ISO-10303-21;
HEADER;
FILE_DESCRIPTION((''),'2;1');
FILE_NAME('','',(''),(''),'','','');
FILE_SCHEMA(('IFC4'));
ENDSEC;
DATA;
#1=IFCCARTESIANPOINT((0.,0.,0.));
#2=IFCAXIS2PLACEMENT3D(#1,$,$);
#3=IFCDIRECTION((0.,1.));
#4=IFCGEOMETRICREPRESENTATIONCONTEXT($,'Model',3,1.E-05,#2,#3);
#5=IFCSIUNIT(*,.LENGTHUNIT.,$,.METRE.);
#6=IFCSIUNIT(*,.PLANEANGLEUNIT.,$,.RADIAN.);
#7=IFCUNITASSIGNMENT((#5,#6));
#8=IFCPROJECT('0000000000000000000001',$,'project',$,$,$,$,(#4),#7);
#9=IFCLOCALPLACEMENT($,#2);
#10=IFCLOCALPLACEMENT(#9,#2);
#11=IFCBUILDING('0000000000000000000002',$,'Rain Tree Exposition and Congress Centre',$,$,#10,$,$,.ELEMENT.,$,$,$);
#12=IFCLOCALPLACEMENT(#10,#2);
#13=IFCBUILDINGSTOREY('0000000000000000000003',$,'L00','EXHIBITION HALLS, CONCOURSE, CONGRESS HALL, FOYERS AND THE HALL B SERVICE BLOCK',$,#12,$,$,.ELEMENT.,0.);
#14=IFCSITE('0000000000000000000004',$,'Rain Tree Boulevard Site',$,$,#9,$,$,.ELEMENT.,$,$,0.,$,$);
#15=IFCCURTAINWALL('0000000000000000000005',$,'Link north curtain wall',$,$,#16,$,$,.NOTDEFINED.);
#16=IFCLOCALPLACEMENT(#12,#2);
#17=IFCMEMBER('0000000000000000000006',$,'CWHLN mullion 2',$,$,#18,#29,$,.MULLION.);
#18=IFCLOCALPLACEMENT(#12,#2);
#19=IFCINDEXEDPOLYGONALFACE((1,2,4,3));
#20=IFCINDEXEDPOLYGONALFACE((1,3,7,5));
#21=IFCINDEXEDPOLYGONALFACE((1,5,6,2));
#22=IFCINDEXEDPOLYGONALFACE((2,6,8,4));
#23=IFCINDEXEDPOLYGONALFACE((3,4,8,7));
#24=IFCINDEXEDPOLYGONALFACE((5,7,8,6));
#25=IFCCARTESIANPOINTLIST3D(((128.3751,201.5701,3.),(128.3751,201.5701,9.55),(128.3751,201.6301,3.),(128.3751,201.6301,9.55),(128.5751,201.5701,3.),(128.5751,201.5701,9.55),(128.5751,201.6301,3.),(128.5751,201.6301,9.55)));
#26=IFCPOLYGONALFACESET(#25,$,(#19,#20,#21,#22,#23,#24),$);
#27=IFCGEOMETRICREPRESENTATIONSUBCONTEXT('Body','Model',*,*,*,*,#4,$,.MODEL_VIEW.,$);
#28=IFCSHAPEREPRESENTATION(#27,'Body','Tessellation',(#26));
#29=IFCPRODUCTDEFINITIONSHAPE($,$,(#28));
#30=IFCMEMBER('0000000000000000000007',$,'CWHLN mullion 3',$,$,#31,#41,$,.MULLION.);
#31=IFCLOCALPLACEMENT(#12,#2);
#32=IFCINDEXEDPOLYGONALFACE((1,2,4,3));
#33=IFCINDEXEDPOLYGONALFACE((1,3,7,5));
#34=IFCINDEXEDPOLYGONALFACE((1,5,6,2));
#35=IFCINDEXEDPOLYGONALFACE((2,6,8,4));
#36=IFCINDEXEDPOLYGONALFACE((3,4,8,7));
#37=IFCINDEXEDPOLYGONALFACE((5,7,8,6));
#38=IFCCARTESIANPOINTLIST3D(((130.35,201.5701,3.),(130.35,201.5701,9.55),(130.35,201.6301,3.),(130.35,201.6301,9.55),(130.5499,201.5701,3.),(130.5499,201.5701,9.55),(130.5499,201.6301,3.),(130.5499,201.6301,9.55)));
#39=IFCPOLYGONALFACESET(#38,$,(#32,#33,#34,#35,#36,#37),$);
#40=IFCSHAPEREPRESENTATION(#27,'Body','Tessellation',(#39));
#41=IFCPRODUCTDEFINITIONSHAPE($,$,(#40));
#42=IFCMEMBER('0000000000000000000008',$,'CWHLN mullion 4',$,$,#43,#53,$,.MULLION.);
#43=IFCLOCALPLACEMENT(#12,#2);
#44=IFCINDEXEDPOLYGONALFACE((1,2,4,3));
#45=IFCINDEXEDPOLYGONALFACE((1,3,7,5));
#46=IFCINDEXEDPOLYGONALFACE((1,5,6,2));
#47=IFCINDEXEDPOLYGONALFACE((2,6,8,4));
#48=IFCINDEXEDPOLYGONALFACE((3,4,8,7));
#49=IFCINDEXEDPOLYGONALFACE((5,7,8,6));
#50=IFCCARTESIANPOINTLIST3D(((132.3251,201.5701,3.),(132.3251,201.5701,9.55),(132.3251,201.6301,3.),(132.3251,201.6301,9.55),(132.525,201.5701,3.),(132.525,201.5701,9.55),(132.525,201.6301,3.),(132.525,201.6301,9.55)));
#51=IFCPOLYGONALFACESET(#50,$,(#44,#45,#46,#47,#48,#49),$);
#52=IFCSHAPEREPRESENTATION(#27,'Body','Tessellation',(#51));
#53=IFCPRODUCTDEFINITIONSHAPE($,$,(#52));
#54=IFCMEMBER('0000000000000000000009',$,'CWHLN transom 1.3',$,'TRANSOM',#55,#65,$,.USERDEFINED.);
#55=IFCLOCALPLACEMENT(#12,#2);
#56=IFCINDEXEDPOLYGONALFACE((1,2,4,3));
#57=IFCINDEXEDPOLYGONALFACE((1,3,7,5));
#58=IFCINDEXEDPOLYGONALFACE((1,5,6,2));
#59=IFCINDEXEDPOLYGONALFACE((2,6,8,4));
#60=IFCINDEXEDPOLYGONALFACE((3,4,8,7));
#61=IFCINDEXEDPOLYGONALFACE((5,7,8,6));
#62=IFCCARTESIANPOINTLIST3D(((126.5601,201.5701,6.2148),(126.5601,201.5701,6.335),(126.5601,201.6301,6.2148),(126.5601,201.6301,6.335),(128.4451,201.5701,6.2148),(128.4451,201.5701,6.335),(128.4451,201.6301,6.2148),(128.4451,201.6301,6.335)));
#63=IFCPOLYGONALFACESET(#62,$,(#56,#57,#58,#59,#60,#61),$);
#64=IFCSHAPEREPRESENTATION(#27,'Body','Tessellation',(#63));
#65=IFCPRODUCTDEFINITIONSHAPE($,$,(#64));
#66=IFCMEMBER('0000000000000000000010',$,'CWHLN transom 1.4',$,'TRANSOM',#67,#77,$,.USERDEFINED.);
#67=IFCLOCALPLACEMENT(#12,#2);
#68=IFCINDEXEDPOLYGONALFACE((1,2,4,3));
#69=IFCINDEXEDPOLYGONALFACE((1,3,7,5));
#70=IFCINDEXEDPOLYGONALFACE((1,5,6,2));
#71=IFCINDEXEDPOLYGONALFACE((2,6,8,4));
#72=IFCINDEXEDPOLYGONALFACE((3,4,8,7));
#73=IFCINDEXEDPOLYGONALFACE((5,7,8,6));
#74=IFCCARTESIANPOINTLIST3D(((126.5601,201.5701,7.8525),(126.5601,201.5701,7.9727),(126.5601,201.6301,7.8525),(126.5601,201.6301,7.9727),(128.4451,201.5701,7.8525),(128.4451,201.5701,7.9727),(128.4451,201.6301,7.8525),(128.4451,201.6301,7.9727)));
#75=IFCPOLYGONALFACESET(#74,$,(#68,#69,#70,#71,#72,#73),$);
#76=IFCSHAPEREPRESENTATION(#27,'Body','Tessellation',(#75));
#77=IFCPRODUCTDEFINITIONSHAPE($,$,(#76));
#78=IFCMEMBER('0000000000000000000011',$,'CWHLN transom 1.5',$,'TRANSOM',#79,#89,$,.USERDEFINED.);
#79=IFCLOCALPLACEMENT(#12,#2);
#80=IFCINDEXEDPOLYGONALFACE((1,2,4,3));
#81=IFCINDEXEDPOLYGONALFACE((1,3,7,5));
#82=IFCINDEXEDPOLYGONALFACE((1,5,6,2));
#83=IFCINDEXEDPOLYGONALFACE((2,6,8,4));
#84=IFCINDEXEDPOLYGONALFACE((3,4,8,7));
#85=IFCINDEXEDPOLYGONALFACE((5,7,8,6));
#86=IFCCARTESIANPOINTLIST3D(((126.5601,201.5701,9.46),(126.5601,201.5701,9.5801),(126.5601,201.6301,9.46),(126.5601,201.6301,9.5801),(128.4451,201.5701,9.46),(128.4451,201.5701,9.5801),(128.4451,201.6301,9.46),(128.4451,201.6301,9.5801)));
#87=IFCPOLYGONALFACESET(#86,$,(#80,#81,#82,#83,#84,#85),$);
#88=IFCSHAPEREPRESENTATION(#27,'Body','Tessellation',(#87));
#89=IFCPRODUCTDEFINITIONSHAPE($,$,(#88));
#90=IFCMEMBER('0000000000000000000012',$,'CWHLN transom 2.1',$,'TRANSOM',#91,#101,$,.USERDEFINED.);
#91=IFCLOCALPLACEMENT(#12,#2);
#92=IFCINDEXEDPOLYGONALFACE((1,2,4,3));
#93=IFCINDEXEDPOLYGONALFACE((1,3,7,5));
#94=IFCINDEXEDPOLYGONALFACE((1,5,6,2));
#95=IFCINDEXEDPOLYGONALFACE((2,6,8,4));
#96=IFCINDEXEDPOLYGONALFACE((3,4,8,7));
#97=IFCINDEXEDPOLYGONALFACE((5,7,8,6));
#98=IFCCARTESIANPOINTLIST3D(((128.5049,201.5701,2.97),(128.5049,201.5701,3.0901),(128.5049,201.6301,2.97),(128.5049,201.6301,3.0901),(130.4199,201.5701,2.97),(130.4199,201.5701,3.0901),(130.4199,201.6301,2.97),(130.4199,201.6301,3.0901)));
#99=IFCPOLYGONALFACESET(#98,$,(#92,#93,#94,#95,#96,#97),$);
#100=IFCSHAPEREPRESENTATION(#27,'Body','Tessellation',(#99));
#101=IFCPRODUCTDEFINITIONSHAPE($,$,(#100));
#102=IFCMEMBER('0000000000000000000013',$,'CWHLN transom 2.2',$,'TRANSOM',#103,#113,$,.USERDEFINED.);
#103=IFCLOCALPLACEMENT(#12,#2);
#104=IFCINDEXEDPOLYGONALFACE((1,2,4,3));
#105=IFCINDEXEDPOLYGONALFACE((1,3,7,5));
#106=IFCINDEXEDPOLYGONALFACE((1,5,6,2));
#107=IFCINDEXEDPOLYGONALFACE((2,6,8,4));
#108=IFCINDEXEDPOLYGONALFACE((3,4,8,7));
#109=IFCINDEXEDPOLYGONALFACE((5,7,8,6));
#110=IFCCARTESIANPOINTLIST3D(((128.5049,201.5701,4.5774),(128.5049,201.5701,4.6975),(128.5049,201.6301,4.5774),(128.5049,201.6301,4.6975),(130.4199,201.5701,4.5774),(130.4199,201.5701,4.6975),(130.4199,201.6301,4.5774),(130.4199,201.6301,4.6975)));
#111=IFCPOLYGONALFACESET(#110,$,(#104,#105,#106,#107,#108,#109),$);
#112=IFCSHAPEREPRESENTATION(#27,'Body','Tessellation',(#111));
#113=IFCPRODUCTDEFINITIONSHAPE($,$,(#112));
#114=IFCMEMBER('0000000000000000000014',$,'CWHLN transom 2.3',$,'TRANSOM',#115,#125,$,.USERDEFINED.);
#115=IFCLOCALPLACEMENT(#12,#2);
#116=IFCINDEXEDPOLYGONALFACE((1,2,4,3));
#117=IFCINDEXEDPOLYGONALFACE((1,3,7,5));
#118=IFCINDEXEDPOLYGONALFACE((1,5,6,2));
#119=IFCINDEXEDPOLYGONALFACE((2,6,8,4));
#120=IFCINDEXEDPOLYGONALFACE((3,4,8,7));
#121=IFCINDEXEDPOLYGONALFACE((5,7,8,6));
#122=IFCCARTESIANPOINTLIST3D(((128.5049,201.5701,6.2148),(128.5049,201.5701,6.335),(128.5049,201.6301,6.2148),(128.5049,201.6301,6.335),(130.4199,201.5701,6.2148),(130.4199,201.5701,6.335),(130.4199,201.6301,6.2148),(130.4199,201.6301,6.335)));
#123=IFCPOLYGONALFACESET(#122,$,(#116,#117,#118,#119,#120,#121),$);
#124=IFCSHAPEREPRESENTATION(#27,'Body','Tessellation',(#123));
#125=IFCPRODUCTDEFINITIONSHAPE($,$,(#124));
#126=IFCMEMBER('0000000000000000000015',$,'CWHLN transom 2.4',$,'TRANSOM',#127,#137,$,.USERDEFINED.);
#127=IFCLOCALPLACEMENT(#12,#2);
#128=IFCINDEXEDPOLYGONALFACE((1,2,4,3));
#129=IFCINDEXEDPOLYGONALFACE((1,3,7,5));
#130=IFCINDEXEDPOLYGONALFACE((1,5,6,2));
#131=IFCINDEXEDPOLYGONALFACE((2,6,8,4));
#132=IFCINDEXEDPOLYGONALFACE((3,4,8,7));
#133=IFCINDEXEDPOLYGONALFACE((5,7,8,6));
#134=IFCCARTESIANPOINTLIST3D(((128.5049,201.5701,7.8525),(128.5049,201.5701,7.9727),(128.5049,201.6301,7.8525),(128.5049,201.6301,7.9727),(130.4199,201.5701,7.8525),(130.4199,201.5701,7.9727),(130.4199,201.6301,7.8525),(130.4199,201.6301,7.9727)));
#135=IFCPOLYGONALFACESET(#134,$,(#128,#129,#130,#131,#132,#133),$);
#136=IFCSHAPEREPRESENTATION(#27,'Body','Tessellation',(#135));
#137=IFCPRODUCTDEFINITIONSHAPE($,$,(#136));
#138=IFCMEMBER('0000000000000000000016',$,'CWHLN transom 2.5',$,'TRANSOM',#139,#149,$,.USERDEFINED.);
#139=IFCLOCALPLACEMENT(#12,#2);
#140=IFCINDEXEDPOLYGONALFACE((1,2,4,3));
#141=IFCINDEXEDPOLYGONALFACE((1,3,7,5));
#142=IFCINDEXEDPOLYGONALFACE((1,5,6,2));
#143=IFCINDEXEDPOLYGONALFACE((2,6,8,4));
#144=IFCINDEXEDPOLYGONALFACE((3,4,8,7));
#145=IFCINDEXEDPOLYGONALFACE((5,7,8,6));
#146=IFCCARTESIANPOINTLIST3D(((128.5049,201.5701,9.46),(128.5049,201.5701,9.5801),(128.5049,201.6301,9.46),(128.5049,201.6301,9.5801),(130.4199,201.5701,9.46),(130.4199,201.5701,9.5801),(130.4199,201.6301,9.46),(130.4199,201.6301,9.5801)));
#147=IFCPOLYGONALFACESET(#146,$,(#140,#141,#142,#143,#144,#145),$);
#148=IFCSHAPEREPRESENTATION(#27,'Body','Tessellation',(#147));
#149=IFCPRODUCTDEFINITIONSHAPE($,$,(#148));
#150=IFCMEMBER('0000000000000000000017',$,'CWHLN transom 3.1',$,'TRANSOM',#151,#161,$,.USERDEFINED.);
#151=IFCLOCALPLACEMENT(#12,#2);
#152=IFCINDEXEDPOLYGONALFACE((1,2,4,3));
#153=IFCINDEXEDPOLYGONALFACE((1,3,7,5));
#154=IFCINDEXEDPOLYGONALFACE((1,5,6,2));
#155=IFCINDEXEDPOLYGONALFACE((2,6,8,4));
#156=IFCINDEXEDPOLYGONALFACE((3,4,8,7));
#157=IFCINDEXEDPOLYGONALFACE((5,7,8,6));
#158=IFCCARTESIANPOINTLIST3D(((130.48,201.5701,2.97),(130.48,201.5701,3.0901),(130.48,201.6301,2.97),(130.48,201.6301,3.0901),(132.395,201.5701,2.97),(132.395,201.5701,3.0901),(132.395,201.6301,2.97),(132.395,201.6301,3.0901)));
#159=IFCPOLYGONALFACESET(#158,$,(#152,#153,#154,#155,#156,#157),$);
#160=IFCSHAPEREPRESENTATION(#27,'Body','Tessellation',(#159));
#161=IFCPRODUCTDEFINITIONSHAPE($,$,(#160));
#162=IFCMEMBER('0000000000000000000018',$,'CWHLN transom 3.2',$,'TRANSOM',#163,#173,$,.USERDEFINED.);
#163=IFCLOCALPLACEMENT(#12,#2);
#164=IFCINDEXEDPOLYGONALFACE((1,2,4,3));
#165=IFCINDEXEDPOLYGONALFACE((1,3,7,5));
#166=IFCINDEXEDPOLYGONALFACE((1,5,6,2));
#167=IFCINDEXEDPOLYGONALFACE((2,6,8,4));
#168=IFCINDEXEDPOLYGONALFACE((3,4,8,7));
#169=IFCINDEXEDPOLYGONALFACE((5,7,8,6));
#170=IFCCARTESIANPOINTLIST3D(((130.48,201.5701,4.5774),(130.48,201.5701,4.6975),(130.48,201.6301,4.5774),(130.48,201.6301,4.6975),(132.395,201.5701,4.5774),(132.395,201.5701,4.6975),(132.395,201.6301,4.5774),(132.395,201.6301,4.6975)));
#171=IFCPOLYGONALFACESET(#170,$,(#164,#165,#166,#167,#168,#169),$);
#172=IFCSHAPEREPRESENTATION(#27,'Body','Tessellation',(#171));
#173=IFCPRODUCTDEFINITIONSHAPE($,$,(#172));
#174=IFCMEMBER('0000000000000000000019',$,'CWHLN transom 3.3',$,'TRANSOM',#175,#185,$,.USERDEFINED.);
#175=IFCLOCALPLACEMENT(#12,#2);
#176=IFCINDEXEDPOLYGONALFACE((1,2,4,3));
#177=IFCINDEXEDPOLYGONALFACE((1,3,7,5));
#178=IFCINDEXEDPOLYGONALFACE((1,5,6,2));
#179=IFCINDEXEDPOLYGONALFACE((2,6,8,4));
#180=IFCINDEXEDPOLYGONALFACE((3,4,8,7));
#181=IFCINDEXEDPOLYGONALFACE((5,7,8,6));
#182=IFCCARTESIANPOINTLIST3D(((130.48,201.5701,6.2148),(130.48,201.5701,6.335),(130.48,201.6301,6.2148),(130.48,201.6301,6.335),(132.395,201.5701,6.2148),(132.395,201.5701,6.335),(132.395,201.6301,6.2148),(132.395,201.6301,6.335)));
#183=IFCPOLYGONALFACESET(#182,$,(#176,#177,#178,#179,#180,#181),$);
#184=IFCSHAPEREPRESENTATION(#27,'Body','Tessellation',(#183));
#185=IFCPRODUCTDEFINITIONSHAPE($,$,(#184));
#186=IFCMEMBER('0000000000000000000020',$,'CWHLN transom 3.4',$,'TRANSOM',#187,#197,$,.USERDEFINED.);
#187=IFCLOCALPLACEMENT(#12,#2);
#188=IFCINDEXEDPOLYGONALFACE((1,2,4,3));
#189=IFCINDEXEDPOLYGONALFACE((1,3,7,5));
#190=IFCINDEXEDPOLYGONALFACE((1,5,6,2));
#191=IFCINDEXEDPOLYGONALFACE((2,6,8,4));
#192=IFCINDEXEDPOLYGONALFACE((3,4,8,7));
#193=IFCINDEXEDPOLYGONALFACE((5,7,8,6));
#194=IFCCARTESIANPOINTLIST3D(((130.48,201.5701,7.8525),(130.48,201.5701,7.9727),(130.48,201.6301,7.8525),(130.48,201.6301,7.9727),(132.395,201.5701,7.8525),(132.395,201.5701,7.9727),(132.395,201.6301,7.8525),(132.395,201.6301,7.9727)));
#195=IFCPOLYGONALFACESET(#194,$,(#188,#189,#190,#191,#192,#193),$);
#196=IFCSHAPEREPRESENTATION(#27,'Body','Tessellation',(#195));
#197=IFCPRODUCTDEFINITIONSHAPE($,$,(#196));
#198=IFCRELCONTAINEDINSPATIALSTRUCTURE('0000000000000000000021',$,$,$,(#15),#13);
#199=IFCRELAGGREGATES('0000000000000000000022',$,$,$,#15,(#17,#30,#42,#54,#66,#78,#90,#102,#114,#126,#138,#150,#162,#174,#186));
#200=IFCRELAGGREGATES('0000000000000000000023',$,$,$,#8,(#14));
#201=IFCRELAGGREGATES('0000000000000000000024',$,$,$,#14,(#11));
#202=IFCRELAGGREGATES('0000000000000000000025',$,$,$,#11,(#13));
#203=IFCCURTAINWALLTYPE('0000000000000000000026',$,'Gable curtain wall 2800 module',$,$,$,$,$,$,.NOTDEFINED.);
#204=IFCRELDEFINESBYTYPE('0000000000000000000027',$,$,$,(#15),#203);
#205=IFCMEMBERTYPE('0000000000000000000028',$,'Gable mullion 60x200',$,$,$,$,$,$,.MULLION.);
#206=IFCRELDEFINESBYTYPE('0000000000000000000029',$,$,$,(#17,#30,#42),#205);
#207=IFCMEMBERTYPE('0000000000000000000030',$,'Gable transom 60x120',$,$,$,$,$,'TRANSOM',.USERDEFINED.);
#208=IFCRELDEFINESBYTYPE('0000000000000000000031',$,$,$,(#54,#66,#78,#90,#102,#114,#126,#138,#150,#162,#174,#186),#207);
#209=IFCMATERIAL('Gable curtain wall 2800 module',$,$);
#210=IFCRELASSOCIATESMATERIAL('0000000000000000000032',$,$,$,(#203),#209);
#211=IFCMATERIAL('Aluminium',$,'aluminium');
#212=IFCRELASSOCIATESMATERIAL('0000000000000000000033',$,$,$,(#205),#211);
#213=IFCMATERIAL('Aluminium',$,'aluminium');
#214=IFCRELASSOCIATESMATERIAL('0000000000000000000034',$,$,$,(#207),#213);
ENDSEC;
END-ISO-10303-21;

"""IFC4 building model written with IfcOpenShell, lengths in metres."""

from ifc_helpers import new_model, si_unit, direction, frame, origin, origin_2d, place, context, subcontext, project, spatial, rectangle, extrude, material, material_profile, profile_set, type_object, element, aggregate, save


model = new_model("IFC4")

# Units and contexts
model_context = context("Model", 3, precision=1e-05, world=origin(), true_north=direction((0.0, 1.0)))
body_context = subcontext(model_context, "Body", "Model", "MODEL_VIEW")
ifc_project = project(units=[si_unit("LENGTHUNIT", "METRE"), si_unit("PLANEANGLEUNIT", "RADIAN")], contexts=[model_context])

# Site, building, storey
site_placement = place(None, origin())
site = spatial("IfcSite", under=ifc_project, at=site_placement, Name="Rain Tree Boulevard Site", CompositionType="ELEMENT", RefElevation=0.0)
building_placement = place(site_placement, origin())
building = spatial("IfcBuilding", under=site, at=building_placement, Name="Rain Tree Exposition and Congress Centre", CompositionType="ELEMENT")
storey_placement = place(building_placement, origin())
storey = spatial("IfcBuildingStorey", under=building, at=storey_placement, Name="L00", Description="EXHIBITION HALLS, CONCOURSE, CONGRESS HALL, FOYERS AND THE HALL B SERVICE BLOCK", CompositionType="ELEMENT", Elevation=0.0)

# Curtain wall, members
ifc_material_1 = material(Name="Gable curtain wall 2800 module")
curtain_wall_type = type_object("IfcCurtainWallType", Name="Gable curtain wall 2800 module", PredefinedType="NOTDEFINED", material=ifc_material_1)
curtain_wall_placement = place(storey_placement, origin())
curtain_wall = element("IfcCurtainWall", 1, at=curtain_wall_placement, inside=storey, type_object=curtain_wall_type, Name="Link north curtain wall", PredefinedType="NOTDEFINED")
ifc_material_2 = material(Name="Aluminium", Category="aluminium")
ifc_material_profile_1 = material_profile(ifc_material_2, rectangle(XDim=0.0601, YDim=0.2, at=origin_2d()), Name="Aluminium 60x200")
ifc_profile_set_1 = profile_set([ifc_material_profile_1], Name="Aluminium")
member_type_1 = type_object("IfcMemberType", Name="Gable mullion 60x200", PredefinedType="MULLION", material=ifc_profile_set_1)
member_1_placement = place(storey_placement, frame((128.4751, 201.6001, 3.0), z_axis=(0.0, 0.0, 1.0), x_axis=(0.0, 1.0, 0.0)))
member_1 = element("IfcMember", 2, at=member_1_placement, type_object=member_type_1, Name="CWHLN mullion 2", PredefinedType="MULLION", context=body_context, shape_type="SweptSolid", body=[
    extrude(rectangle(XDim=0.0601, YDim=0.2, at=origin_2d()), origin(), (0.0, 0.0, 1.0), 6.55),
])
member_2_placement = place(storey_placement, frame((130.45, 201.6001, 3.0), z_axis=(0.0, 0.0, 1.0), x_axis=(0.0, 1.0, 0.0)))
member_2 = element("IfcMember", 3, at=member_2_placement, type_object=member_type_1, Name="CWHLN mullion 3", PredefinedType="MULLION", context=body_context, shape_type="SweptSolid", body=[
    extrude(rectangle(XDim=0.0601, YDim=0.2, at=origin_2d()), origin(), (0.0, 0.0, 1.0), 6.55),
])
member_3_placement = place(storey_placement, frame((132.425, 201.6001, 3.0), z_axis=(0.0, 0.0, 1.0), x_axis=(0.0, 1.0, 0.0)))
member_3 = element("IfcMember", 4, at=member_3_placement, type_object=member_type_1, Name="CWHLN mullion 4", PredefinedType="MULLION", context=body_context, shape_type="SweptSolid", body=[
    extrude(rectangle(XDim=0.0601, YDim=0.2, at=origin_2d()), origin(), (0.0, 0.0, 1.0), 6.55),
])
ifc_material_3 = material(Name="Aluminium", Category="aluminium")
ifc_material_profile_2 = material_profile(ifc_material_3, rectangle(XDim=0.0601, YDim=0.1201, at=origin_2d()), Name="Aluminium 60x120")
ifc_profile_set_2 = profile_set([ifc_material_profile_2], Name="Aluminium")
member_type_2 = type_object("IfcMemberType", Name="Gable transom 60x120", ElementType="TRANSOM", PredefinedType="USERDEFINED", material=ifc_profile_set_2)
member_4_placement = place(storey_placement, frame((126.5601, 201.6001, 6.2749), z_axis=(1.0, 0.0, 0.0), x_axis=(0.0, 1.0, 0.0)))
member_4 = element("IfcMember", 5, at=member_4_placement, type_object=member_type_2, Name="CWHLN transom 1.3", ObjectType="TRANSOM", PredefinedType="USERDEFINED", context=body_context, shape_type="SweptSolid", body=[
    extrude(rectangle(XDim=0.0601, YDim=0.1201, at=origin_2d()), origin(), (0.0, 0.0, 1.0), 1.885),
])
member_5_placement = place(storey_placement, frame((126.5601, 201.6001, 7.9126), z_axis=(1.0, 0.0, 0.0), x_axis=(0.0, 1.0, 0.0)))
member_5 = element("IfcMember", 6, at=member_5_placement, type_object=member_type_2, Name="CWHLN transom 1.4", ObjectType="TRANSOM", PredefinedType="USERDEFINED", context=body_context, shape_type="SweptSolid", body=[
    extrude(rectangle(XDim=0.0601, YDim=0.1201, at=origin_2d()), origin(), (0.0, 0.0, 1.0), 1.885),
])
member_6_placement = place(storey_placement, frame((126.5601, 201.6001, 9.52), z_axis=(1.0, 0.0, 0.0), x_axis=(0.0, 1.0, 0.0)))
member_6 = element("IfcMember", 7, at=member_6_placement, type_object=member_type_2, Name="CWHLN transom 1.5", ObjectType="TRANSOM", PredefinedType="USERDEFINED", context=body_context, shape_type="SweptSolid", body=[
    extrude(rectangle(XDim=0.0601, YDim=0.1201, at=origin_2d()), origin(), (0.0, 0.0, 1.0), 1.885),
])
member_7_placement = place(storey_placement, frame((128.5049, 201.6001, 3.03), z_axis=(1.0, 0.0, 0.0), x_axis=(0.0, 1.0, 0.0)))
member_7 = element("IfcMember", 8, at=member_7_placement, type_object=member_type_2, Name="CWHLN transom 2.1", ObjectType="TRANSOM", PredefinedType="USERDEFINED", context=body_context, shape_type="SweptSolid", body=[
    extrude(rectangle(XDim=0.0601, YDim=0.1201, at=origin_2d()), origin(), (0.0, 0.0, 1.0), 1.915),
])
member_8_placement = place(storey_placement, frame((128.5049, 201.6001, 4.6375), z_axis=(1.0, 0.0, 0.0), x_axis=(0.0, 1.0, 0.0)))
member_8 = element("IfcMember", 9, at=member_8_placement, type_object=member_type_2, Name="CWHLN transom 2.2", ObjectType="TRANSOM", PredefinedType="USERDEFINED", context=body_context, shape_type="SweptSolid", body=[
    extrude(rectangle(XDim=0.0601, YDim=0.1201, at=origin_2d()), origin(), (0.0, 0.0, 1.0), 1.915),
])
member_9_placement = place(storey_placement, frame((128.5049, 201.6001, 6.2749), z_axis=(1.0, 0.0, 0.0), x_axis=(0.0, 1.0, 0.0)))
member_9 = element("IfcMember", 10, at=member_9_placement, type_object=member_type_2, Name="CWHLN transom 2.3", ObjectType="TRANSOM", PredefinedType="USERDEFINED", context=body_context, shape_type="SweptSolid", body=[
    extrude(rectangle(XDim=0.0601, YDim=0.1201, at=origin_2d()), origin(), (0.0, 0.0, 1.0), 1.915),
])
member_10_placement = place(storey_placement, frame((128.5049, 201.6001, 7.9126), z_axis=(1.0, 0.0, 0.0), x_axis=(0.0, 1.0, 0.0)))
member_10 = element("IfcMember", 11, at=member_10_placement, type_object=member_type_2, Name="CWHLN transom 2.4", ObjectType="TRANSOM", PredefinedType="USERDEFINED", context=body_context, shape_type="SweptSolid", body=[
    extrude(rectangle(XDim=0.0601, YDim=0.1201, at=origin_2d()), origin(), (0.0, 0.0, 1.0), 1.915),
])
member_11_placement = place(storey_placement, frame((128.5049, 201.6001, 9.52), z_axis=(1.0, 0.0, 0.0), x_axis=(0.0, 1.0, 0.0)))
member_11 = element("IfcMember", 12, at=member_11_placement, type_object=member_type_2, Name="CWHLN transom 2.5", ObjectType="TRANSOM", PredefinedType="USERDEFINED", context=body_context, shape_type="SweptSolid", body=[
    extrude(rectangle(XDim=0.0601, YDim=0.1201, at=origin_2d()), origin(), (0.0, 0.0, 1.0), 1.915),
])
member_12_placement = place(storey_placement, frame((130.48, 201.6001, 3.03), z_axis=(1.0, 0.0, 0.0), x_axis=(0.0, 1.0, 0.0)))
member_12 = element("IfcMember", 13, at=member_12_placement, type_object=member_type_2, Name="CWHLN transom 3.1", ObjectType="TRANSOM", PredefinedType="USERDEFINED", context=body_context, shape_type="SweptSolid", body=[
    extrude(rectangle(XDim=0.0601, YDim=0.1201, at=origin_2d()), origin(), (0.0, 0.0, 1.0), 1.915),
])
member_13_placement = place(storey_placement, frame((130.48, 201.6001, 4.6375), z_axis=(1.0, 0.0, 0.0), x_axis=(0.0, 1.0, 0.0)))
member_13 = element("IfcMember", 14, at=member_13_placement, type_object=member_type_2, Name="CWHLN transom 3.2", ObjectType="TRANSOM", PredefinedType="USERDEFINED", context=body_context, shape_type="SweptSolid", body=[
    extrude(rectangle(XDim=0.0601, YDim=0.1201, at=origin_2d()), origin(), (0.0, 0.0, 1.0), 1.915),
])
member_14_placement = place(storey_placement, frame((130.48, 201.6001, 6.2749), z_axis=(1.0, 0.0, 0.0), x_axis=(0.0, 1.0, 0.0)))
member_14 = element("IfcMember", 15, at=member_14_placement, type_object=member_type_2, Name="CWHLN transom 3.3", ObjectType="TRANSOM", PredefinedType="USERDEFINED", context=body_context, shape_type="SweptSolid", body=[
    extrude(rectangle(XDim=0.0601, YDim=0.1201, at=origin_2d()), origin(), (0.0, 0.0, 1.0), 1.915),
])
member_15_placement = place(storey_placement, frame((130.48, 201.6001, 7.9126), z_axis=(1.0, 0.0, 0.0), x_axis=(0.0, 1.0, 0.0)))
member_15 = element("IfcMember", 16, at=member_15_placement, type_object=member_type_2, Name="CWHLN transom 3.4", ObjectType="TRANSOM", PredefinedType="USERDEFINED", context=body_context, shape_type="SweptSolid", body=[
    extrude(rectangle(XDim=0.0601, YDim=0.1201, at=origin_2d()), origin(), (0.0, 0.0, 1.0), 1.915),
])
aggregate(curtain_wall, [member_1, member_2, member_3, member_4, member_5, member_6, member_7, member_8, member_9, member_10, member_11, member_12, member_13, member_14, member_15])

save(model, "model.ifc")
